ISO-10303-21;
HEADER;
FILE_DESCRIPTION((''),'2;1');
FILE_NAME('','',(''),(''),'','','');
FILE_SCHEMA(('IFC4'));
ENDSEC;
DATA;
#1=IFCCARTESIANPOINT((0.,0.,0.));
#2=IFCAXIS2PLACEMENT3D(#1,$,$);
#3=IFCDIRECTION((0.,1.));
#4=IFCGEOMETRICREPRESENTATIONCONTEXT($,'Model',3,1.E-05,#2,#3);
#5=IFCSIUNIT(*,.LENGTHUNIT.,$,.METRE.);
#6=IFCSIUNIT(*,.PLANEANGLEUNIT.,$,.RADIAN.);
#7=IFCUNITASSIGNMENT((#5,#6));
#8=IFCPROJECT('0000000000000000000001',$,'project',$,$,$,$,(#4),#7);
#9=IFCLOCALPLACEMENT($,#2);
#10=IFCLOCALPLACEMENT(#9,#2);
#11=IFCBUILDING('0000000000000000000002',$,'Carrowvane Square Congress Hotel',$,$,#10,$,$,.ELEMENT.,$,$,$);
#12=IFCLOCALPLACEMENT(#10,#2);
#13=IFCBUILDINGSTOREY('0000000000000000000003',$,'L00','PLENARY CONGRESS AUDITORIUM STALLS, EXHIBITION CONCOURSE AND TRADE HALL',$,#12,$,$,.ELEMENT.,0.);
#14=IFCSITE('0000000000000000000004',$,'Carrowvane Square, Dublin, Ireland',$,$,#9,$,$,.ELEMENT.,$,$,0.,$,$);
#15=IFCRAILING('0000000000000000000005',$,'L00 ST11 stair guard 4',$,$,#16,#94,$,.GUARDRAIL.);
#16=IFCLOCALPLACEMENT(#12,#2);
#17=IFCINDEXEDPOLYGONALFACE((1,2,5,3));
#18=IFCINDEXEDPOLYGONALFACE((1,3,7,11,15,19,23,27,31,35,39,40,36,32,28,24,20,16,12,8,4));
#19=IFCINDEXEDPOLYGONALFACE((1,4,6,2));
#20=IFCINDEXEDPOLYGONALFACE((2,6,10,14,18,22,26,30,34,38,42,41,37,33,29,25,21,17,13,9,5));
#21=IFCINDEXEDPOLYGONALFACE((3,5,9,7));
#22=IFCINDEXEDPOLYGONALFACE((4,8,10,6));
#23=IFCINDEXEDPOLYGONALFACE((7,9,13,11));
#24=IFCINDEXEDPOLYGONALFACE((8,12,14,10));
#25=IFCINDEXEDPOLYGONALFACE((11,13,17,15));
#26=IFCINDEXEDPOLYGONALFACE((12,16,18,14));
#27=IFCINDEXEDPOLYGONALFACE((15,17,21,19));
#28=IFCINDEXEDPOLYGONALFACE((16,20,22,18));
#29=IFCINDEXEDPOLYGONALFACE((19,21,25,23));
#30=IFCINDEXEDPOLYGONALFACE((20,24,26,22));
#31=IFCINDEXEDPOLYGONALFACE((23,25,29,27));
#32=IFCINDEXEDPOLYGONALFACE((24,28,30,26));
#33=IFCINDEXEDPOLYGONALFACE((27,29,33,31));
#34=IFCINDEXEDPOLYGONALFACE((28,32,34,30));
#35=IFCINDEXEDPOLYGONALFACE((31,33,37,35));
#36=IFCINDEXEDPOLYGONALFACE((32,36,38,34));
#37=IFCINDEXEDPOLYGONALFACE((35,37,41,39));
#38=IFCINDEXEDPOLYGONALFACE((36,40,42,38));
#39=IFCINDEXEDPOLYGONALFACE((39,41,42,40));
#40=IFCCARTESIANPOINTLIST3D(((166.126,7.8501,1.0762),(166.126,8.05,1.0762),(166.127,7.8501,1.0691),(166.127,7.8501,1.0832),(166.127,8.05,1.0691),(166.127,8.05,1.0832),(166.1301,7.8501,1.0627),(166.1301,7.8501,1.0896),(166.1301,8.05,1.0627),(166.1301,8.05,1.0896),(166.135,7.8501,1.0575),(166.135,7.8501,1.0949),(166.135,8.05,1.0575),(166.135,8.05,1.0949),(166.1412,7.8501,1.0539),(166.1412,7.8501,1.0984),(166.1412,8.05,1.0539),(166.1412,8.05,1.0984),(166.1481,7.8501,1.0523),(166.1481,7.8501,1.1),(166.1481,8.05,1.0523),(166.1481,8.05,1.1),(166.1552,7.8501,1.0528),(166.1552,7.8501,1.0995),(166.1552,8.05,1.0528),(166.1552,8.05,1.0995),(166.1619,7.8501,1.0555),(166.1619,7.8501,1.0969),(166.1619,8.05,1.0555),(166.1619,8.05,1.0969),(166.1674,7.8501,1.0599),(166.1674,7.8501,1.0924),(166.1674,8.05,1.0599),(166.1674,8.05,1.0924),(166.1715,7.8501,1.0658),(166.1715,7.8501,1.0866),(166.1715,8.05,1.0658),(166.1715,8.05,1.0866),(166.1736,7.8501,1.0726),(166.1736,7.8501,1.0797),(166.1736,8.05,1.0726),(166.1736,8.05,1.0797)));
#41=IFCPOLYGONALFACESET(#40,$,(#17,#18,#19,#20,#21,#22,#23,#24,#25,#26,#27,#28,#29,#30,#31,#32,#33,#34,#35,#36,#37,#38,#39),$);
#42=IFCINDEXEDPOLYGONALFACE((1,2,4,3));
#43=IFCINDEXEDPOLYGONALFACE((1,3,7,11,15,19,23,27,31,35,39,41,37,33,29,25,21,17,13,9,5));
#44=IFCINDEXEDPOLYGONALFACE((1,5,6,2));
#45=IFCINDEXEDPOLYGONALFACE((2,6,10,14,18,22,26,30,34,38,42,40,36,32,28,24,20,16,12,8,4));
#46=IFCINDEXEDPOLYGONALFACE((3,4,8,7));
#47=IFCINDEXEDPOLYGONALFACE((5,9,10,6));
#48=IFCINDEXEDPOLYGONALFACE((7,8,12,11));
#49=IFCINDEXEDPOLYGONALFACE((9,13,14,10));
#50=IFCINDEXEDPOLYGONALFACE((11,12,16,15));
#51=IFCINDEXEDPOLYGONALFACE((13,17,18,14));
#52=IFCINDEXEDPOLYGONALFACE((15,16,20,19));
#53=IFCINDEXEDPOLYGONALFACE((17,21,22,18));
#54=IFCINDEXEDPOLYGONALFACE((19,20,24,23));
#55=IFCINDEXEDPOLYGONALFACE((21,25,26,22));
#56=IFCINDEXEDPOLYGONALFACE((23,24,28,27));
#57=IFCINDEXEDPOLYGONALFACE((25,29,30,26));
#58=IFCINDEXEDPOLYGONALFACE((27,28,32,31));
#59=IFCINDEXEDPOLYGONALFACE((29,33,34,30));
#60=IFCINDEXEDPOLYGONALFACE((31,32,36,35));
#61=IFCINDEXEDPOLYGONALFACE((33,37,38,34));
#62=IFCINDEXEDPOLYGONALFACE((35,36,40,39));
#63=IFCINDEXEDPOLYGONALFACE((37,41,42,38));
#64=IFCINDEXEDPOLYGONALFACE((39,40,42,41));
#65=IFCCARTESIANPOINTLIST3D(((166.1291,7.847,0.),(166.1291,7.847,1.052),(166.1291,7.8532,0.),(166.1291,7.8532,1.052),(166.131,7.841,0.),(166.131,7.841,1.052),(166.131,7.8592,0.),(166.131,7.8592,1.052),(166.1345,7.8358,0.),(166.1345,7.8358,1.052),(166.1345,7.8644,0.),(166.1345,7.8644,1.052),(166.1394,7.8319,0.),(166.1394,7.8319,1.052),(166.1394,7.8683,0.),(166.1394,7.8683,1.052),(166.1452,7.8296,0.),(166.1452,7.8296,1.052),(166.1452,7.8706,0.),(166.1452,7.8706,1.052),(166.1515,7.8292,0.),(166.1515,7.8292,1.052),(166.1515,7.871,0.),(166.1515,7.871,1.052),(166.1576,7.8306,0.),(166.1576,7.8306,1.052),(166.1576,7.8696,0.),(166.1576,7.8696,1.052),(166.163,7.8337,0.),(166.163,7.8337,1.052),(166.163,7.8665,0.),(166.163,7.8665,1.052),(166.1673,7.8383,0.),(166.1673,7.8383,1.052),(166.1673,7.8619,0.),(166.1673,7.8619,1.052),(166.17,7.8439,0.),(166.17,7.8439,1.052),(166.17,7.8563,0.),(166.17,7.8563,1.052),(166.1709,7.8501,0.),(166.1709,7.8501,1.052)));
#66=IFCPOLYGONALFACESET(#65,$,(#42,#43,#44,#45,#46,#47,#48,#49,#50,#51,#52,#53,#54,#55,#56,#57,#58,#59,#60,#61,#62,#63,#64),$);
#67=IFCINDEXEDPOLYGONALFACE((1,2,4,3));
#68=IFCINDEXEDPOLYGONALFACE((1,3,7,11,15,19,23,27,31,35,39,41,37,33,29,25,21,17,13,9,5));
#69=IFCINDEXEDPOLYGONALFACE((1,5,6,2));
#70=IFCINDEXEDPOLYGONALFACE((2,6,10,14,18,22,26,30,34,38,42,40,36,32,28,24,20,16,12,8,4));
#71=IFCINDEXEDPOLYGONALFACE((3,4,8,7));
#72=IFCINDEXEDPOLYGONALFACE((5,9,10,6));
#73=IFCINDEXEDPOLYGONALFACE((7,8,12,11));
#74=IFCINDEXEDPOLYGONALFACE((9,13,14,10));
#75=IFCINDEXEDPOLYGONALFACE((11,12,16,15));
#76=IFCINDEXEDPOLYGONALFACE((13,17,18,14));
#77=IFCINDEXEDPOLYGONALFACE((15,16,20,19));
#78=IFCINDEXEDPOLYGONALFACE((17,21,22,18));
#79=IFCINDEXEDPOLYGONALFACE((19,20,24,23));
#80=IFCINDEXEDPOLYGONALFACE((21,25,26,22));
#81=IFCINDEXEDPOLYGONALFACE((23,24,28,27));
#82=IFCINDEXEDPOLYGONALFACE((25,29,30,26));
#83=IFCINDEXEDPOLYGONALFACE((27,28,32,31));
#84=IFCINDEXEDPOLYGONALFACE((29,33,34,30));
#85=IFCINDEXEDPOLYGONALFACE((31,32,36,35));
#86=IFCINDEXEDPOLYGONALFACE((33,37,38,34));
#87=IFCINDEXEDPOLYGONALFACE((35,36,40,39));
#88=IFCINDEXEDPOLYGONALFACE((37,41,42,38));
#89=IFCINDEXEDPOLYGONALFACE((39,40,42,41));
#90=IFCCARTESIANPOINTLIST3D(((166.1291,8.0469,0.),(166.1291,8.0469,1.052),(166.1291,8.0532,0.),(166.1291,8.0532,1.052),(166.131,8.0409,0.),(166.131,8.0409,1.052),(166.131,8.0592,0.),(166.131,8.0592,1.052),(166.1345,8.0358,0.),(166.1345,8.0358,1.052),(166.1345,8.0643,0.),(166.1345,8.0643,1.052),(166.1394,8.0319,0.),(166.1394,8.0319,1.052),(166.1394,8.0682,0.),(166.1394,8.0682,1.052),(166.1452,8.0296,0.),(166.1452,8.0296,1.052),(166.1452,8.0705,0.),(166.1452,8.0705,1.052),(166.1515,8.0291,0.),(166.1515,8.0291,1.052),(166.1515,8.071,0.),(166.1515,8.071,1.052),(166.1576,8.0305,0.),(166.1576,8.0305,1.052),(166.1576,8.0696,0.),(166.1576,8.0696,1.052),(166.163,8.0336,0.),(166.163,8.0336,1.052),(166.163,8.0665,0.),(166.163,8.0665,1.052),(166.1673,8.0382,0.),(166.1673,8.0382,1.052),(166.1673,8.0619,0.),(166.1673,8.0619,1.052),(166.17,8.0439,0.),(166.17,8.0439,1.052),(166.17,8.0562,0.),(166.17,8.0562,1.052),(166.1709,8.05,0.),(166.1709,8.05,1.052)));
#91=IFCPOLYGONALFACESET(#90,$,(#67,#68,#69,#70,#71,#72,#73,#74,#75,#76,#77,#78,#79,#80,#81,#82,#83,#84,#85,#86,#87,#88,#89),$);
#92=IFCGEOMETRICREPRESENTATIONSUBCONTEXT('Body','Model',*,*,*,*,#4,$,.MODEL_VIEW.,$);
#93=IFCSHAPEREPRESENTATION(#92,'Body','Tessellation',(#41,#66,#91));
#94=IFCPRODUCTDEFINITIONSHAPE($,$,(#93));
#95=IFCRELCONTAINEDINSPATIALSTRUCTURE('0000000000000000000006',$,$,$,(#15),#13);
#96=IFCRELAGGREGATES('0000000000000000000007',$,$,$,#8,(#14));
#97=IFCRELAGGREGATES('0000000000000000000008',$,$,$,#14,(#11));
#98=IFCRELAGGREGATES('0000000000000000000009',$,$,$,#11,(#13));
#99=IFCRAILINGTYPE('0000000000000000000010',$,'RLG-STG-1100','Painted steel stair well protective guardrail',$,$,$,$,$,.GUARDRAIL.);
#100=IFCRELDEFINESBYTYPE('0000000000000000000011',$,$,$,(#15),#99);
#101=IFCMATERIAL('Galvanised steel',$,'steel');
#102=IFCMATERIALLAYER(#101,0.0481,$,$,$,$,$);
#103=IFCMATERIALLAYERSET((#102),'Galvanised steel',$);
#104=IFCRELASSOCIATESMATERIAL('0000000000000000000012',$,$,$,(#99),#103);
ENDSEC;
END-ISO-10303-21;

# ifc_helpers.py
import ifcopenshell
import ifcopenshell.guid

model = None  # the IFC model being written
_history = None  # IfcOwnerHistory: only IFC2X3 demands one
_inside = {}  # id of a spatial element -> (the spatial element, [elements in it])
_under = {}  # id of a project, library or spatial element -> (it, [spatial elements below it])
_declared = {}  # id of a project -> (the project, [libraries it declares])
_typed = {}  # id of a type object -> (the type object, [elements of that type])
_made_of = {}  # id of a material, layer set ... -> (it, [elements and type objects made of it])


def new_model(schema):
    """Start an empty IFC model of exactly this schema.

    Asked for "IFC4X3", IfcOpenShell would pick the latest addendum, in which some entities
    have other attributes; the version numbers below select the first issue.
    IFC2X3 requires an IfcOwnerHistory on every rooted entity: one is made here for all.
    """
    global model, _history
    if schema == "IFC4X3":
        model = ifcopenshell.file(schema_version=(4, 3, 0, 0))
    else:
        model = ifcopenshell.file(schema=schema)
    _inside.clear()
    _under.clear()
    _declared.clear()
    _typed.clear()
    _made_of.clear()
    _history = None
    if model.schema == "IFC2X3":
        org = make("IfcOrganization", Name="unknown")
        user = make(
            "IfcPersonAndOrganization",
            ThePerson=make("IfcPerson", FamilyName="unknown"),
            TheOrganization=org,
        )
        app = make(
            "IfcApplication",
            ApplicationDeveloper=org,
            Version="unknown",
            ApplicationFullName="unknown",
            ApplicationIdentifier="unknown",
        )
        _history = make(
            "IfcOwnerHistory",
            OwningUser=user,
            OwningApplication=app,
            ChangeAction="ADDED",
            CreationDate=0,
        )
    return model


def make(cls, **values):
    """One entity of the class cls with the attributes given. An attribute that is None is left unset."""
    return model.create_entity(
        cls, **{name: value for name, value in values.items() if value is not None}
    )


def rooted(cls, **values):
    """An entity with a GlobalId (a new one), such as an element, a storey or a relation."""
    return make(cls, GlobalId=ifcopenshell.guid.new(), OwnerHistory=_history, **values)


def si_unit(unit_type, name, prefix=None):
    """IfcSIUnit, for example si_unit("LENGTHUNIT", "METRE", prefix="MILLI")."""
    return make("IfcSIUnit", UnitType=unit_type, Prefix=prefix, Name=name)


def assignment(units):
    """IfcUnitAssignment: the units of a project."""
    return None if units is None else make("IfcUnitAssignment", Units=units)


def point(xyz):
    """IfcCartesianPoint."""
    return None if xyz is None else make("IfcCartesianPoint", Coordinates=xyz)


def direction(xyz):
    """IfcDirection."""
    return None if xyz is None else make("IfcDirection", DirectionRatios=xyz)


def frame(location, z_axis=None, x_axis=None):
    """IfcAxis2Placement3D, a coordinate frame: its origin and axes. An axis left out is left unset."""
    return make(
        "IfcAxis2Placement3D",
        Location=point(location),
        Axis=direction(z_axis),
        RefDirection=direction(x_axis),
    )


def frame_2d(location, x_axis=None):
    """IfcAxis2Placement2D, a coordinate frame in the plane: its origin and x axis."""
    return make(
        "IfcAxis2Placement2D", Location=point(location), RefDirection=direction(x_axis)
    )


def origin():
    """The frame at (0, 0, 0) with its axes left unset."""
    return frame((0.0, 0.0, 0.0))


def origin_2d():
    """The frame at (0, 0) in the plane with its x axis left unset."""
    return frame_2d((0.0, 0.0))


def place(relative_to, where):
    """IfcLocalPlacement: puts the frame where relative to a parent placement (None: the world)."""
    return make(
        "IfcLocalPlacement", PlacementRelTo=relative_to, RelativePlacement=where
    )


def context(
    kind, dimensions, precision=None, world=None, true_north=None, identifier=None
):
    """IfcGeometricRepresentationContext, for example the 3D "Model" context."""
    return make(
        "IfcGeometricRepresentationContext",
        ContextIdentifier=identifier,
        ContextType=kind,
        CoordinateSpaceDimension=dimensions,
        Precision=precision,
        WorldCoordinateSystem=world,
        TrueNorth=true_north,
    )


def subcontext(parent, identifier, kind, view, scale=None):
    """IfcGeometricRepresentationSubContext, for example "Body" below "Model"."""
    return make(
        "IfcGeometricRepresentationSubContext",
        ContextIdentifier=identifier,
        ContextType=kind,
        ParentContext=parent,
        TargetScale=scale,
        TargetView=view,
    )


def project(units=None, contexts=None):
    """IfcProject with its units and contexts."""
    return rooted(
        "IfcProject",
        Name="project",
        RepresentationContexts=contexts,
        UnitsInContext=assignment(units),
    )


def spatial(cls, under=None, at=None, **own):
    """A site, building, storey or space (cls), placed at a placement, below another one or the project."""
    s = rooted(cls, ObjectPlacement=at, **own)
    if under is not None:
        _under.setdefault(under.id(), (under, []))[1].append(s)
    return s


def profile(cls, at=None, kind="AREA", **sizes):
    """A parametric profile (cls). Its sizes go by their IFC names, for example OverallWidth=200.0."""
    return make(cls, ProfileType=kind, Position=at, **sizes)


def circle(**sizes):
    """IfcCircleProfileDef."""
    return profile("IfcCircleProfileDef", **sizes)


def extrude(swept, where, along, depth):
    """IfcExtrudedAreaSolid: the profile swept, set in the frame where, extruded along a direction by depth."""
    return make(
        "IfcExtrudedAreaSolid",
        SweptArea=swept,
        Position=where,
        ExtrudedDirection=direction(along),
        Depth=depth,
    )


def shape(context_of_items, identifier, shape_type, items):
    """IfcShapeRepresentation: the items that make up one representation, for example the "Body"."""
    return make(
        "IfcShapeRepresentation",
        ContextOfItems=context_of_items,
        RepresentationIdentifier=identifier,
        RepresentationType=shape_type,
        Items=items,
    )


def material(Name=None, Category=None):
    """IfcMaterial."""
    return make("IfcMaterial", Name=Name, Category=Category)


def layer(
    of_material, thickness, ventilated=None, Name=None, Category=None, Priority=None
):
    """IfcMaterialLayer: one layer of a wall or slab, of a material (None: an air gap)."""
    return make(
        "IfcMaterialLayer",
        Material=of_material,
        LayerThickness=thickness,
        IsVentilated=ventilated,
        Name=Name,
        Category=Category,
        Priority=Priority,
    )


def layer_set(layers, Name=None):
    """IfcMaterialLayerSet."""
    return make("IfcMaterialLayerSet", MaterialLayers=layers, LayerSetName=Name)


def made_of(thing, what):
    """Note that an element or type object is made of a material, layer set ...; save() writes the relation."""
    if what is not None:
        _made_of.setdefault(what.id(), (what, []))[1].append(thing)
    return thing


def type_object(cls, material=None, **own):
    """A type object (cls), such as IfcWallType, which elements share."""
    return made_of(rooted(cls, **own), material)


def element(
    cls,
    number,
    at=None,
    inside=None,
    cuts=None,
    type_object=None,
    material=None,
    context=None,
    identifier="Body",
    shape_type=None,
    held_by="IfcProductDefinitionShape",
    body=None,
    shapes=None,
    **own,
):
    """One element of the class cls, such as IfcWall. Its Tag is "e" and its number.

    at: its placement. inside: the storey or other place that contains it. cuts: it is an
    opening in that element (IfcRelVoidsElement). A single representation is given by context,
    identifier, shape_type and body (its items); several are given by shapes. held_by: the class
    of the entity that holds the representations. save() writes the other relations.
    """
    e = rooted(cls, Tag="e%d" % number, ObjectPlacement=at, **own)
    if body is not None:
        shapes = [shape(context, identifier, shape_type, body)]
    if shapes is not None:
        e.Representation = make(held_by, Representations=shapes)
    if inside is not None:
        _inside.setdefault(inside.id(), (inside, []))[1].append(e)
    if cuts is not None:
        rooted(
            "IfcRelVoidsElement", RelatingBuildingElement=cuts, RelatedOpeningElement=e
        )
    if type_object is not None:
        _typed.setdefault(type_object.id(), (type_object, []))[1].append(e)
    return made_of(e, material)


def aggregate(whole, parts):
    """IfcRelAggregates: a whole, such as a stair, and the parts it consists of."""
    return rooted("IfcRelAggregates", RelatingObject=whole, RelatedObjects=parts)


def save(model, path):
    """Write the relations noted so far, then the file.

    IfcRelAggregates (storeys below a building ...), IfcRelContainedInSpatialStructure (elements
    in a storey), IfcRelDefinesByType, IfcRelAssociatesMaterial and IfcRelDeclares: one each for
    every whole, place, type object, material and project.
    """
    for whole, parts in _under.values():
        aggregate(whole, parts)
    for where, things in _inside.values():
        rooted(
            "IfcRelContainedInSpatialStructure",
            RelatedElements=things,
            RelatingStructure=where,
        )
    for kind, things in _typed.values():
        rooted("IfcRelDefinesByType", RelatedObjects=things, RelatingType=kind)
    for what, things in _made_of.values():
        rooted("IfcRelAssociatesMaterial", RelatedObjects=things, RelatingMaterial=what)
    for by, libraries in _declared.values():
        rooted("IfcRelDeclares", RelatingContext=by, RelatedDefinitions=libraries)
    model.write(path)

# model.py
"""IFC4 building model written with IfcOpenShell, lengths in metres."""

from ifc_helpers import new_model, si_unit, direction, frame, origin, origin_2d, place, context, subcontext, project, spatial, circle, extrude, material, layer, layer_set, type_object, element, save


model = new_model("IFC4")

# Units and contexts
model_context = context("Model", 3, precision=1e-05, world=origin(), true_north=direction((0.0, 1.0)))
body_context = subcontext(model_context, "Body", "Model", "MODEL_VIEW")
ifc_project = project(units=[si_unit("LENGTHUNIT", "METRE"), si_unit("PLANEANGLEUNIT", "RADIAN")], contexts=[model_context])

# Site, building, storey
site_placement = place(None, origin())
site = spatial("IfcSite", under=ifc_project, at=site_placement, Name="Carrowvane Square, Dublin, Ireland", CompositionType="ELEMENT", RefElevation=0.0)
building_placement = place(site_placement, origin())
building = spatial("IfcBuilding", under=site, at=building_placement, Name="Carrowvane Square Congress Hotel", CompositionType="ELEMENT")
storey_placement = place(building_placement, origin())
storey = spatial("IfcBuildingStorey", under=building, at=storey_placement, Name="L00", Description="PLENARY CONGRESS AUDITORIUM STALLS, EXHIBITION CONCOURSE AND TRADE HALL", CompositionType="ELEMENT", Elevation=0.0)

# Railing
ifc_material_1 = material(Name="Galvanised steel", Category="steel")
ifc_layer_1 = layer(ifc_material_1, 0.0481)
ifc_layer_set_1 = layer_set([ifc_layer_1], Name="Galvanised steel")
railing_type_1 = type_object("IfcRailingType", Name="RLG-STG-1100", Description="Painted steel stair well protective guardrail", PredefinedType="GUARDRAIL", material=ifc_layer_set_1)
railing_1_placement = place(storey_placement, frame((166.1499, 7.8501, 0.0)))
element("IfcRailing", 1, at=railing_1_placement, inside=storey, type_object=railing_type_1, Name="L00 ST11 stair guard 4", PredefinedType="GUARDRAIL", context=body_context, shape_type="SweptSolid", body=[
    extrude(circle(Radius=0.0239, at=origin_2d()), frame((0.0, 0.0, 1.0762), z_axis=(0.0, 1.0, 0.0), x_axis=(-1.0, 0.0, 0.0)), (0.0, 0.0, 1.0), 0.2),
    extrude(circle(Radius=0.021, at=origin_2d()), origin(), (0.0, 0.0, 1.0), 1.052),
    extrude(circle(Radius=0.021, at=origin_2d()), frame((0.0, 0.2, 0.0)), (0.0, 0.0, 1.0), 1.052),
])

save(model, "model.ifc")
